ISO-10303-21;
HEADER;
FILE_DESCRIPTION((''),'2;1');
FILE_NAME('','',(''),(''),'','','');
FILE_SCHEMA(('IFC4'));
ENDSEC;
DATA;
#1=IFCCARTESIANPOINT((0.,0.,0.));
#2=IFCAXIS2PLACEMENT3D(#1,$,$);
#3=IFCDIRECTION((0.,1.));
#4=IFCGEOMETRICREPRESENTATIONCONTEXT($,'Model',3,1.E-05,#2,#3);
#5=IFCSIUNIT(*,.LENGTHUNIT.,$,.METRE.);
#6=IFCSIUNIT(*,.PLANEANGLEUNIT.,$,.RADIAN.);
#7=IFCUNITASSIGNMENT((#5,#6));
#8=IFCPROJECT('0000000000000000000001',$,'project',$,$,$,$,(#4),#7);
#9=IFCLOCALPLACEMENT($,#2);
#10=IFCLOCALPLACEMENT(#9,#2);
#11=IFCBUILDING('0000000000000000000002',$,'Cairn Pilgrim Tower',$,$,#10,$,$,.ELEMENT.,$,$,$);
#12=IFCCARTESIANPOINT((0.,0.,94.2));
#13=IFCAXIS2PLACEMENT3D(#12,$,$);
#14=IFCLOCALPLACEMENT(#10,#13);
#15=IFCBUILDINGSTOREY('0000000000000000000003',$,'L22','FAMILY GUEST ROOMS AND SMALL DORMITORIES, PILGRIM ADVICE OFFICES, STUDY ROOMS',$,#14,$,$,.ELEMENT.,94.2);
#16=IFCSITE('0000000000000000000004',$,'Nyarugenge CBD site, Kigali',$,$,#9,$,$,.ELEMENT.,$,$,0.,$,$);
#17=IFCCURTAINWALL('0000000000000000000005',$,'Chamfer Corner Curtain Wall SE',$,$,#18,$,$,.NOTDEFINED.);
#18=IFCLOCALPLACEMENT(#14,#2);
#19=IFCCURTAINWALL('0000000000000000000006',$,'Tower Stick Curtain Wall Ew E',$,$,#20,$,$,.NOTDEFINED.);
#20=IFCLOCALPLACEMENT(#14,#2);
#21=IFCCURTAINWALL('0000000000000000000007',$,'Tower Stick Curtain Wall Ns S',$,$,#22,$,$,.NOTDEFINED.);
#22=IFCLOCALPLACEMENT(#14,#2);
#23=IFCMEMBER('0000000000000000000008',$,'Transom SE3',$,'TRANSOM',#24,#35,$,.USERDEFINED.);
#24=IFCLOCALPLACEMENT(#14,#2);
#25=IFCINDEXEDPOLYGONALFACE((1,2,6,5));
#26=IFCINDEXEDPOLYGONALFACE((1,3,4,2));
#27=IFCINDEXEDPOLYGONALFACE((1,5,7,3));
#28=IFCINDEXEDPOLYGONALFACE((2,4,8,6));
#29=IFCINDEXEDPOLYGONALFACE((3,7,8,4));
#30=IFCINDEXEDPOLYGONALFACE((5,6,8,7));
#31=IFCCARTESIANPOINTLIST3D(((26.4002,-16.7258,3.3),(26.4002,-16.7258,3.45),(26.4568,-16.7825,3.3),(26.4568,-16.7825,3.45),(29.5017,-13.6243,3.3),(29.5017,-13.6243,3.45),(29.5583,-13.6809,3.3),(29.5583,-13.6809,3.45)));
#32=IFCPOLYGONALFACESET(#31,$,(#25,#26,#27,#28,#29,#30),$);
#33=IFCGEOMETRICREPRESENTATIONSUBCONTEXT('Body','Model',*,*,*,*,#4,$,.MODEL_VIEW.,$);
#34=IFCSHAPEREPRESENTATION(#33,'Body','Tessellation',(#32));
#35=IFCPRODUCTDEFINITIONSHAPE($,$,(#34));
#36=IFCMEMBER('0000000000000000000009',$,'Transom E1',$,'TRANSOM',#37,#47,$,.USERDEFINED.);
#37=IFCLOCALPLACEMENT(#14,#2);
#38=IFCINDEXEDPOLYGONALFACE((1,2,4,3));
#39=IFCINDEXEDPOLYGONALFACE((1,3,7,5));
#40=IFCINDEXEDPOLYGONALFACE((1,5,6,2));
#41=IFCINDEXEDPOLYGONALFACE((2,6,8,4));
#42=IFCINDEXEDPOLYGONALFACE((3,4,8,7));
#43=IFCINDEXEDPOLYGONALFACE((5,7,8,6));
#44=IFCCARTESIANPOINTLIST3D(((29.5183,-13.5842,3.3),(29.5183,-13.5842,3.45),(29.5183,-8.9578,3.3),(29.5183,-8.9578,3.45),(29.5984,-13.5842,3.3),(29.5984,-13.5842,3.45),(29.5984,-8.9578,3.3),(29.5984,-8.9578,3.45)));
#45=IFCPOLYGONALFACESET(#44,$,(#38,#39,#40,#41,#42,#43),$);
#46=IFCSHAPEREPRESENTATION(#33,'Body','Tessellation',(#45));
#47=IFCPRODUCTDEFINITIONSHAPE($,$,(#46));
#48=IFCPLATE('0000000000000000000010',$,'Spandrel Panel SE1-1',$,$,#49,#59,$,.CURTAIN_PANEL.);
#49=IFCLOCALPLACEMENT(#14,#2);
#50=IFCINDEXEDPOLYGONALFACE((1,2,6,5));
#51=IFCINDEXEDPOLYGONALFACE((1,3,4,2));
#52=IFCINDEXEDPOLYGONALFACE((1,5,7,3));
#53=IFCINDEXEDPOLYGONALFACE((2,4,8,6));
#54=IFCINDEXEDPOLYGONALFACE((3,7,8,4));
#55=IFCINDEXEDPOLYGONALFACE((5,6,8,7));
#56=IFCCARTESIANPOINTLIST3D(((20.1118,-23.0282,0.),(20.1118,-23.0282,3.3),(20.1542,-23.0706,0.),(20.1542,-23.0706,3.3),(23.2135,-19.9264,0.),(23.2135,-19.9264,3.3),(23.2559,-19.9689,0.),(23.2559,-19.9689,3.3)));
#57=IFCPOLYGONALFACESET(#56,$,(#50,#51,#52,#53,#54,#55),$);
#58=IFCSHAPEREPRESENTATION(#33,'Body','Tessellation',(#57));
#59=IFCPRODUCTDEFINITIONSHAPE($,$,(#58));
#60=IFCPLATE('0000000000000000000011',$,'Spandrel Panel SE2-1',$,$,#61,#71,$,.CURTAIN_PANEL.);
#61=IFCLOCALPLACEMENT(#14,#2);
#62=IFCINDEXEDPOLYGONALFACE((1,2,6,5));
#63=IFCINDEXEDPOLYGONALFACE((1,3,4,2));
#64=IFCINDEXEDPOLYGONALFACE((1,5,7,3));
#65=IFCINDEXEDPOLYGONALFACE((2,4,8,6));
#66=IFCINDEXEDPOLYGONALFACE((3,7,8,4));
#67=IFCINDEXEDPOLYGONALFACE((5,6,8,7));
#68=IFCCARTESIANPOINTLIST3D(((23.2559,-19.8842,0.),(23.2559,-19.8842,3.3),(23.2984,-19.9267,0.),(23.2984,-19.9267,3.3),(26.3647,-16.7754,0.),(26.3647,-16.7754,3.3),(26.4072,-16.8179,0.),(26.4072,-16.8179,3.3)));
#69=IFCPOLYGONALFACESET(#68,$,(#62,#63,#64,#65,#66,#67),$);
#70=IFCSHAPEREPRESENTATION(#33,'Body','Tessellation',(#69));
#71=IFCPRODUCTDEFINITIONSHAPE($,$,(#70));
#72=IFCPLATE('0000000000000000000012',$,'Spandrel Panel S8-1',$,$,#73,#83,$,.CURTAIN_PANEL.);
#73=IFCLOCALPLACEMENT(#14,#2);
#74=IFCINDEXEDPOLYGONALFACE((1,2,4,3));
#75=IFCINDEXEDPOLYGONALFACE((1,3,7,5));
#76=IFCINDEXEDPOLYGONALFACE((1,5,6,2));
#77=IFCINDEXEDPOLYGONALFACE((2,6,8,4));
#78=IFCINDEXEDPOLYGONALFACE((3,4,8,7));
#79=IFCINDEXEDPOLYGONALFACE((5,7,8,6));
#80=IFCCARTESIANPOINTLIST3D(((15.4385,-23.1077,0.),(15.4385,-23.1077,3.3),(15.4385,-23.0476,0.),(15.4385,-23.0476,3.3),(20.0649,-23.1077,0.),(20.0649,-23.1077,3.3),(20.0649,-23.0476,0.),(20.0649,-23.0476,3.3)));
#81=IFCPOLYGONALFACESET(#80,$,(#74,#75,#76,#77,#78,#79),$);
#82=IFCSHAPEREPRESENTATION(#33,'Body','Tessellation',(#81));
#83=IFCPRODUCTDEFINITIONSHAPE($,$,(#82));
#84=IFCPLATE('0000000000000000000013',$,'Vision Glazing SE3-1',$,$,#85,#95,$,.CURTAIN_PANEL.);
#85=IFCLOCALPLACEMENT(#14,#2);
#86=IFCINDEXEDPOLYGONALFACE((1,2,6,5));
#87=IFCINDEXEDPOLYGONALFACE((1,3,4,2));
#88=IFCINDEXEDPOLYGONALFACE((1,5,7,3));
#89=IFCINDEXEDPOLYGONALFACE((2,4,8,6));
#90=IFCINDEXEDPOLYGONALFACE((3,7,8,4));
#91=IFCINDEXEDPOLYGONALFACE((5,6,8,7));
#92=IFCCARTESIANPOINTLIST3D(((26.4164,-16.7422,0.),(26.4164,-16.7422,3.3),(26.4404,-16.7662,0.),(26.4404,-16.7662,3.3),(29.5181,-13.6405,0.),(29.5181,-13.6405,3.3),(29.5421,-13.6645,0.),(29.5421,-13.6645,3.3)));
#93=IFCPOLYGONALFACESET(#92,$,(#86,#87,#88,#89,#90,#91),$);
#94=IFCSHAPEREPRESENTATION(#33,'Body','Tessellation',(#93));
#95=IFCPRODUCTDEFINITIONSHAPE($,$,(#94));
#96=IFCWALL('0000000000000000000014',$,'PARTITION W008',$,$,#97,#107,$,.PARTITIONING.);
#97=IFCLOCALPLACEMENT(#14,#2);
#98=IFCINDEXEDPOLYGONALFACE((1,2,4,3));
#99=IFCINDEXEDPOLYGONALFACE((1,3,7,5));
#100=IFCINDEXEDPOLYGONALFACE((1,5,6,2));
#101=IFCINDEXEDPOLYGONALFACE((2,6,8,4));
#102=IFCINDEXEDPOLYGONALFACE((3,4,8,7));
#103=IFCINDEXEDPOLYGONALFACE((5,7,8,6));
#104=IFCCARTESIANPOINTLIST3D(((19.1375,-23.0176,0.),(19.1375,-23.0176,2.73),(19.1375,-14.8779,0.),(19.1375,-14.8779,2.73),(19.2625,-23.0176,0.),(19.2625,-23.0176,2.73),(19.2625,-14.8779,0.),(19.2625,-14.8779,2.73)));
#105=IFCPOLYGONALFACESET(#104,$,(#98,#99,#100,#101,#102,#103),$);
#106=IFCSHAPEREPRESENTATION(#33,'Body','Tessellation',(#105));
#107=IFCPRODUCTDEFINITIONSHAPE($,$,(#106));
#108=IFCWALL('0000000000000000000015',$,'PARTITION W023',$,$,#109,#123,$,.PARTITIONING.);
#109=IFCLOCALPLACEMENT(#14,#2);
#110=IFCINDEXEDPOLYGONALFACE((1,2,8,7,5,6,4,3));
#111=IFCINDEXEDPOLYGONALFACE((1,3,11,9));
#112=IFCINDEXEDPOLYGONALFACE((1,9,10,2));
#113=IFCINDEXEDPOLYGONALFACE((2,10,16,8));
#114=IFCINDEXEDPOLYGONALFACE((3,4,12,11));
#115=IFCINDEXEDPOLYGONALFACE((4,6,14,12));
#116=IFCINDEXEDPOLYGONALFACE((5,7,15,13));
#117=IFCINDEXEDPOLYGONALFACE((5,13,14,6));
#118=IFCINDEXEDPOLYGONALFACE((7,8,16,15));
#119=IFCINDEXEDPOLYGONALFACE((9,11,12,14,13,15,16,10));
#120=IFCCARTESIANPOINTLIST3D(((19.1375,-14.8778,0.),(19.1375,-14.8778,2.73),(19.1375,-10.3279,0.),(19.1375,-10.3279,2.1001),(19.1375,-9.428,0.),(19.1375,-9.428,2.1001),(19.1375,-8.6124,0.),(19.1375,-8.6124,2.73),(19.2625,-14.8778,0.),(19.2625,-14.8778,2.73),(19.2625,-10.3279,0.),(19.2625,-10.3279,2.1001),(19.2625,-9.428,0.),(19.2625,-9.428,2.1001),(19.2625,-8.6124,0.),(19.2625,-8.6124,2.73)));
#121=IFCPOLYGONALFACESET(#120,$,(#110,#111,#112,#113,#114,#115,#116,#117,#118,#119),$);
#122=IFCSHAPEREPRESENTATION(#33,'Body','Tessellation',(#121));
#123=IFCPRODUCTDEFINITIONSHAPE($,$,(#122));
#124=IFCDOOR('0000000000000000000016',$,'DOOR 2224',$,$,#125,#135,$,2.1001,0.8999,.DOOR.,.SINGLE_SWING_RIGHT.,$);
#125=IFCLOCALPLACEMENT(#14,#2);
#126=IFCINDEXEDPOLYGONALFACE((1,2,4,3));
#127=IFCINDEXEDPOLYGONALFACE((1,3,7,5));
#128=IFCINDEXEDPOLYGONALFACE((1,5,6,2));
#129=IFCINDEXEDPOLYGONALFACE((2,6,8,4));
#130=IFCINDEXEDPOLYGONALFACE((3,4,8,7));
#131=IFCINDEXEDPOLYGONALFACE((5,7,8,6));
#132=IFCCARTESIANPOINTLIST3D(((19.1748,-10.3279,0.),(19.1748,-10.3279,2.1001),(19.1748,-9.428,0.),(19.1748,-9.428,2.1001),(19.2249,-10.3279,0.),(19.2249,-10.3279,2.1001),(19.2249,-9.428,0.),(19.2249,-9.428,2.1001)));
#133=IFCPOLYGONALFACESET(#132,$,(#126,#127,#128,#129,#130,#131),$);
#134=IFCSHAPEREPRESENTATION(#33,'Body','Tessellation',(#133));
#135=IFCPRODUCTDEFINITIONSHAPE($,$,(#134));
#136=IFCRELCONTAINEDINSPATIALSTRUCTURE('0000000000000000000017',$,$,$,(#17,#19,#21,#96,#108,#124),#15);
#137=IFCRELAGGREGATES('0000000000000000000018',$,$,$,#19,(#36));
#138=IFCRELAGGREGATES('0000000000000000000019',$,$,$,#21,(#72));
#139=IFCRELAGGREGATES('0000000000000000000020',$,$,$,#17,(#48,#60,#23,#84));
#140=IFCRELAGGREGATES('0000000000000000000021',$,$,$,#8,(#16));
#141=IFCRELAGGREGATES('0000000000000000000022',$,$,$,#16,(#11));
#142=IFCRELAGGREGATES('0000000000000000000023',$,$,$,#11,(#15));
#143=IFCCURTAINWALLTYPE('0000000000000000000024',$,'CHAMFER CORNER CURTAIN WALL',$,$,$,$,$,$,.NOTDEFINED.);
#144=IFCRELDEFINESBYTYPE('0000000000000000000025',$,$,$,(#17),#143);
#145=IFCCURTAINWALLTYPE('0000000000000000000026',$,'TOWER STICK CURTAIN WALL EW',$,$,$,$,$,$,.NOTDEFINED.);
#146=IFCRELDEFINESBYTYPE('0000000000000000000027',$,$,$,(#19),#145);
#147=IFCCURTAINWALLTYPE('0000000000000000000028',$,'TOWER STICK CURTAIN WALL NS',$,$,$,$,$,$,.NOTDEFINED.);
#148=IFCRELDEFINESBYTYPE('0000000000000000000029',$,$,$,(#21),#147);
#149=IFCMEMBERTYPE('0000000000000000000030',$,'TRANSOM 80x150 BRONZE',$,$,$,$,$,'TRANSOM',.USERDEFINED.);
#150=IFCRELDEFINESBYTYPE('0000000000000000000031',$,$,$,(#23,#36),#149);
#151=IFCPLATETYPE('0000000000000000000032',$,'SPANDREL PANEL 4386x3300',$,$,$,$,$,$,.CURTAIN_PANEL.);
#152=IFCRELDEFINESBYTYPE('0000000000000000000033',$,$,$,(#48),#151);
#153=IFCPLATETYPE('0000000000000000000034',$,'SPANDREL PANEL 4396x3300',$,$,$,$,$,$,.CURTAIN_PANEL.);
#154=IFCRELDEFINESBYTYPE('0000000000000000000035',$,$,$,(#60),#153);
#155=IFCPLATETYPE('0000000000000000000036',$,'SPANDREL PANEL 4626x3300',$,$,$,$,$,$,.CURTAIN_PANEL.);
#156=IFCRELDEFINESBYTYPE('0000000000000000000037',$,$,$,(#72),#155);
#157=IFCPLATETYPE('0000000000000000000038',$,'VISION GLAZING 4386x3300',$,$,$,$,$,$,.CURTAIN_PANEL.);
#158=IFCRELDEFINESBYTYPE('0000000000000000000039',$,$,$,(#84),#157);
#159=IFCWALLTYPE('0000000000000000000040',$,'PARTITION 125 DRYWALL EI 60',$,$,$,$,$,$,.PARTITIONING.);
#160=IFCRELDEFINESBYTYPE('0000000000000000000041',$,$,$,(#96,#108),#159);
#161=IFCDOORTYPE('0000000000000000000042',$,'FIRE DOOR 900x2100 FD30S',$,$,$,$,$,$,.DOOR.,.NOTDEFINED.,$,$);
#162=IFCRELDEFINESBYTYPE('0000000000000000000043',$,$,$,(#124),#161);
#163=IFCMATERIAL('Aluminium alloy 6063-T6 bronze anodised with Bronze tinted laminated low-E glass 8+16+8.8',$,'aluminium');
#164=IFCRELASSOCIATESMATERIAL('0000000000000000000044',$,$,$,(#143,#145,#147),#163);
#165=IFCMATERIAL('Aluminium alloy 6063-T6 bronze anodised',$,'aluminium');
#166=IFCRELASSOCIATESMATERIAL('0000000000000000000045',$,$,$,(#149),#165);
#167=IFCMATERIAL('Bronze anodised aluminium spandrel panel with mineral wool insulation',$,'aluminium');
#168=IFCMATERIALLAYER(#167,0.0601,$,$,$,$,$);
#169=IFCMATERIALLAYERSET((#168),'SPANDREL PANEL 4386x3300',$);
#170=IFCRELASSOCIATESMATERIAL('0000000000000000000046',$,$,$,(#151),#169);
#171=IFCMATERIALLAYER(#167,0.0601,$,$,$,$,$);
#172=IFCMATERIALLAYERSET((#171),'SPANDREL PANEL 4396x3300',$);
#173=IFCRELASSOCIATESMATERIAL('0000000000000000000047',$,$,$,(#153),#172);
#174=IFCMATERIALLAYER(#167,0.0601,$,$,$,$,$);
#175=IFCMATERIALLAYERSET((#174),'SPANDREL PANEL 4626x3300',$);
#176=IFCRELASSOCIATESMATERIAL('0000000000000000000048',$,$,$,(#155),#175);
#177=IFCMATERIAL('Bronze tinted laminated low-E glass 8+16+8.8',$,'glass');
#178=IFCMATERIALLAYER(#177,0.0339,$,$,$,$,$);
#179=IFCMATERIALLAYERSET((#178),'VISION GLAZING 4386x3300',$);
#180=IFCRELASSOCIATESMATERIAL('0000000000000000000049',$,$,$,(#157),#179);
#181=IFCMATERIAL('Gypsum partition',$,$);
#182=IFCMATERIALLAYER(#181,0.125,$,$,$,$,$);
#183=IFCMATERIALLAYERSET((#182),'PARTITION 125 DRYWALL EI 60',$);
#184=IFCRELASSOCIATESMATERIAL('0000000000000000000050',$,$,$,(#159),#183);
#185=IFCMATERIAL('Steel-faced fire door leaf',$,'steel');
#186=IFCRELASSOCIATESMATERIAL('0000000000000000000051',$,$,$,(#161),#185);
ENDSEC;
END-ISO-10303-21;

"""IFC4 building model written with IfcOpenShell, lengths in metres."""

from ifc_helpers import new_model, si_unit, direction, frame, frame_2d, origin, origin_2d, place, context, subcontext, project, spatial, rectangle, extrude, material, layer, layer_set, material_profile, profile_set, type_object, element, fill, aggregate, save


model = new_model("IFC4")

# Units and contexts
model_context = context("Model", 3, precision=1e-05, world=origin(), true_north=direction((0.0, 1.0)))
body_context = subcontext(model_context, "Body", "Model", "MODEL_VIEW")
ifc_project = project(units=[si_unit("LENGTHUNIT", "METRE"), si_unit("PLANEANGLEUNIT", "RADIAN")], contexts=[model_context])

# Site, building, storey
site_placement = place(None, origin())
site = spatial("IfcSite", under=ifc_project, at=site_placement, Name="Nyarugenge CBD site, Kigali", CompositionType="ELEMENT", RefElevation=0.0)
building_placement = place(site_placement, origin())
building = spatial("IfcBuilding", under=site, at=building_placement, Name="Cairn Pilgrim Tower", CompositionType="ELEMENT")
storey_placement = place(building_placement, frame((0.0, 0.0, 94.2)))
storey = spatial("IfcBuildingStorey", under=building, at=storey_placement, Name="L22", Description="FAMILY GUEST ROOMS AND SMALL DORMITORIES, PILGRIM ADVICE OFFICES, STUDY ROOMS", CompositionType="ELEMENT", Elevation=94.2)

# Curtain wall
ifc_material_1 = material(Name="Aluminium alloy 6063-T6 bronze anodised with Bronze tinted laminated low-E glass 8+16+8.8", Category="aluminium")
curtain_wall_type_1 = type_object("IfcCurtainWallType", Name="CHAMFER CORNER CURTAIN WALL", PredefinedType="NOTDEFINED", material=ifc_material_1)
curtain_wall_1_placement = place(storey_placement, origin())
curtain_wall_1 = element("IfcCurtainWall", 1, at=curtain_wall_1_placement, inside=storey, type_object=curtain_wall_type_1, Name="Chamfer Corner Curtain Wall SE", PredefinedType="NOTDEFINED")
ifc_material_2 = material(Name="Aluminium alloy 6063-T6 bronze anodised", Category="aluminium")

# Curtain wall
curtain_wall_type_2 = type_object("IfcCurtainWallType", Name="TOWER STICK CURTAIN WALL EW", PredefinedType="NOTDEFINED", material=ifc_material_1)
curtain_wall_2_placement = place(storey_placement, origin())
curtain_wall_2 = element("IfcCurtainWall", 2, at=curtain_wall_2_placement, inside=storey, type_object=curtain_wall_type_2, Name="Tower Stick Curtain Wall Ew E", PredefinedType="NOTDEFINED")

# Curtain wall
curtain_wall_type_3 = type_object("IfcCurtainWallType", Name="TOWER STICK CURTAIN WALL NS", PredefinedType="NOTDEFINED", material=ifc_material_1)
curtain_wall_3_placement = place(storey_placement, origin())
curtain_wall_3 = element("IfcCurtainWall", 3, at=curtain_wall_3_placement, inside=storey, type_object=curtain_wall_type_3, Name="Tower Stick Curtain Wall Ns S", PredefinedType="NOTDEFINED")
ifc_material_profile_1 = material_profile(ifc_material_2, rectangle(XDim=0.0801, YDim=0.1499, at=origin_2d()), Name="TRANSOM 80x150 BRONZE")
ifc_profile_set_1 = profile_set([ifc_material_profile_1], Name="Aluminium alloy 6063-T6 bronze anodised")
member_type_1 = type_object("IfcMemberType", Name="TRANSOM 80x150 BRONZE", ElementType="TRANSOM", PredefinedType="USERDEFINED", material=ifc_profile_set_1)

# Members
member_1_placement = place(storey_placement, frame((26.4285, -16.7542, 3.375), z_axis=(0.707107, 0.707107, 0.0), x_axis=(-0.707107, 0.707107, 0.0)))
member_1 = element("IfcMember", 4, at=member_1_placement, type_object=member_type_1, Name="Transom SE3", ObjectType="TRANSOM", PredefinedType="USERDEFINED", context=body_context, shape_type="SweptSolid", body=[
    extrude(rectangle(XDim=0.0801, YDim=0.1499, at=origin_2d()), origin(), (0.0, 0.0, 1.0), 4.3862),
])
member_2_placement = place(storey_placement, frame((29.5583, -13.5842, 3.375), z_axis=(0.0, 1.0, 0.0), x_axis=(-1.0, 0.0, 0.0)))
member_2 = element("IfcMember", 5, at=member_2_placement, type_object=member_type_1, Name="Transom E1", ObjectType="TRANSOM", PredefinedType="USERDEFINED", context=body_context, shape_type="SweptSolid", body=[
    extrude(rectangle(XDim=0.0801, YDim=0.1499, at=origin_2d()), origin(), (0.0, 0.0, 1.0), 4.6265),
])
aggregate(curtain_wall_2, [member_2])

# Plates
ifc_material_3 = material(Name="Bronze anodised aluminium spandrel panel with mineral wool insulation", Category="aluminium")
ifc_layer_1 = layer(ifc_material_3, 0.0601)
ifc_layer_set_1 = layer_set([ifc_layer_1], Name="SPANDREL PANEL 4386x3300")
plate_type_1 = type_object("IfcPlateType", Name="SPANDREL PANEL 4386x3300", PredefinedType="CURTAIN_PANEL", material=ifc_layer_set_1)
plate_1_placement = place(storey_placement, frame((21.6838, -21.4985, 0.0), z_axis=(0.0, 0.0, 1.0), x_axis=(0.707107, 0.707107, 0.0)))
plate_1 = element("IfcPlate", 6, at=plate_1_placement, type_object=plate_type_1, Name="Spandrel Panel SE1-1", PredefinedType="CURTAIN_PANEL", context=body_context, shape_type="SweptSolid", body=[
    extrude(rectangle(XDim=4.3865, YDim=0.0601, at=origin_2d()), origin(), (0.0, 0.0, 1.0), 3.3),
])
ifc_layer_2 = layer(ifc_material_3, 0.0601)
ifc_layer_set_2 = layer_set([ifc_layer_2], Name="SPANDREL PANEL 4396x3300")
plate_type_2 = type_object("IfcPlateType", Name="SPANDREL PANEL 4396x3300", PredefinedType="CURTAIN_PANEL", material=ifc_layer_set_2)
plate_2_placement = place(storey_placement, frame((24.8315, -18.3511, 0.0), z_axis=(0.0, 0.0, 1.0), x_axis=(0.707107, 0.707107, 0.0)))
plate_2 = element("IfcPlate", 7, at=plate_2_placement, type_object=plate_type_2, Name="Spandrel Panel SE2-1", PredefinedType="CURTAIN_PANEL", context=body_context, shape_type="SweptSolid", body=[
    extrude(rectangle(XDim=4.3965, YDim=0.0601, at=origin_2d()), origin(), (0.0, 0.0, 1.0), 3.3),
])
ifc_layer_3 = layer(ifc_material_3, 0.0601)
ifc_layer_set_3 = layer_set([ifc_layer_3], Name="SPANDREL PANEL 4626x3300")
plate_type_3 = type_object("IfcPlateType", Name="SPANDREL PANEL 4626x3300", PredefinedType="CURTAIN_PANEL", material=ifc_layer_set_3)
plate_3_placement = place(storey_placement, frame((17.7517, -23.0776, 0.0), z_axis=(0.0, 0.0, 1.0), x_axis=(1.0, 0.0, 0.0)))
plate_3 = element("IfcPlate", 8, at=plate_3_placement, type_object=plate_type_3, Name="Spandrel Panel S8-1", PredefinedType="CURTAIN_PANEL", context=body_context, shape_type="SweptSolid", body=[
    extrude(rectangle(XDim=4.6265, YDim=0.0601, at=origin_2d()), origin(), (0.0, 0.0, 1.0), 3.3),
])
aggregate(curtain_wall_3, [plate_3])
ifc_material_4 = material(Name="Bronze tinted laminated low-E glass 8+16+8.8", Category="glass")
ifc_layer_4 = layer(ifc_material_4, 0.0339)
ifc_layer_set_4 = layer_set([ifc_layer_4], Name="VISION GLAZING 4386x3300")
plate_type_4 = type_object("IfcPlateType", Name="VISION GLAZING 4386x3300", PredefinedType="CURTAIN_PANEL", material=ifc_layer_set_4)
plate_4_placement = place(storey_placement, frame((27.9792, -15.2034, 0.0), z_axis=(0.0, 0.0, 1.0), x_axis=(0.707107, 0.707107, 0.0)))
plate_4 = element("IfcPlate", 9, at=plate_4_placement, type_object=plate_type_4, Name="Vision Glazing SE3-1", PredefinedType="CURTAIN_PANEL", context=body_context, shape_type="SweptSolid", body=[
    extrude(rectangle(XDim=4.3865, YDim=0.0339, at=origin_2d()), origin(), (0.0, 0.0, 1.0), 3.3),
])
aggregate(curtain_wall_1, [plate_1, plate_2, member_1, plate_4])

# Wall
ifc_material_5 = material(Name="Gypsum partition")
ifc_layer_5 = layer(ifc_material_5, 0.125)
ifc_layer_set_5 = layer_set([ifc_layer_5], Name="PARTITION 125 DRYWALL EI 60")
wall_type = type_object("IfcWallType", Name="PARTITION 125 DRYWALL EI 60", PredefinedType="PARTITIONING", material=ifc_layer_set_5)
wall_1_placement = place(storey_placement, frame((19.2, -23.0176, 0.0), z_axis=(0.0, 0.0, 1.0), x_axis=(0.0, 1.0, 0.0)))
element("IfcWall", 10, at=wall_1_placement, inside=storey, type_object=wall_type, Name="PARTITION W008", PredefinedType="PARTITIONING", context=body_context, shape_type="SweptSolid", body=[
    extrude(rectangle(XDim=8.1396, YDim=0.125, at=frame_2d((4.0698, 0.0))), origin(), (0.0, 0.0, 1.0), 2.73),
])

# Wall, opening, door
wall_2_placement = place(storey_placement, frame((19.2, -14.8779, 0.0), z_axis=(0.0, 0.0, 1.0), x_axis=(0.0, 1.0, 0.0)))
wall_2 = element("IfcWall", 11, at=wall_2_placement, inside=storey, type_object=wall_type, Name="PARTITION W023", PredefinedType="PARTITIONING", context=body_context, shape_type="SweptSolid", body=[
    extrude(rectangle(XDim=6.2654, YDim=0.125, at=frame_2d((3.1328, 0.0))), origin(), (0.0, 0.0, 1.0), 2.73),
])
opening_placement = place(wall_2_placement, frame((4.55, 0.0, 0.0)))
opening = element("IfcOpeningElement", 12, at=opening_placement, cuts=wall_2, PredefinedType="OPENING", context=body_context, shape_type="SweptSolid", body=[
    extrude(rectangle(XDim=0.8999, YDim=2.1001, at=frame_2d((0.45, 1.05))), frame((0.0, 0.0725, 0.0), z_axis=(0.0, -1.0, 0.0), x_axis=(1.0, 0.0, 0.0)), (0.0, 0.0, 1.0), 0.145),
])
ifc_material_6 = material(Name="Steel-faced fire door leaf", Category="steel")
door_type = type_object("IfcDoorType", Name="FIRE DOOR 900x2100 FD30S", OperationType="NOTDEFINED", PredefinedType="DOOR", material=ifc_material_6)
door_placement = place(opening_placement, frame((0.8999, 0.0, 0.0), z_axis=(0.0, 0.0, 1.0), x_axis=(-1.0, 0.0, 0.0)))
door = element("IfcDoor", 13, at=door_placement, inside=storey, type_object=door_type, Name="DOOR 2224", OperationType="SINGLE_SWING_RIGHT", OverallHeight=2.1001, OverallWidth=0.8999, PredefinedType="DOOR", context=body_context, shape_type="SweptSolid", body=[
    extrude(rectangle(XDim=0.8999, YDim=2.1001, at=frame_2d((0.45, 1.05))), frame((0.0, 0.0249, 0.0), z_axis=(0.0, -1.0, 0.0), x_axis=(1.0, 0.0, 0.0)), (0.0, 0.0, 1.0), 0.05),
])
fill(opening, door)

save(model, "model.ifc")
